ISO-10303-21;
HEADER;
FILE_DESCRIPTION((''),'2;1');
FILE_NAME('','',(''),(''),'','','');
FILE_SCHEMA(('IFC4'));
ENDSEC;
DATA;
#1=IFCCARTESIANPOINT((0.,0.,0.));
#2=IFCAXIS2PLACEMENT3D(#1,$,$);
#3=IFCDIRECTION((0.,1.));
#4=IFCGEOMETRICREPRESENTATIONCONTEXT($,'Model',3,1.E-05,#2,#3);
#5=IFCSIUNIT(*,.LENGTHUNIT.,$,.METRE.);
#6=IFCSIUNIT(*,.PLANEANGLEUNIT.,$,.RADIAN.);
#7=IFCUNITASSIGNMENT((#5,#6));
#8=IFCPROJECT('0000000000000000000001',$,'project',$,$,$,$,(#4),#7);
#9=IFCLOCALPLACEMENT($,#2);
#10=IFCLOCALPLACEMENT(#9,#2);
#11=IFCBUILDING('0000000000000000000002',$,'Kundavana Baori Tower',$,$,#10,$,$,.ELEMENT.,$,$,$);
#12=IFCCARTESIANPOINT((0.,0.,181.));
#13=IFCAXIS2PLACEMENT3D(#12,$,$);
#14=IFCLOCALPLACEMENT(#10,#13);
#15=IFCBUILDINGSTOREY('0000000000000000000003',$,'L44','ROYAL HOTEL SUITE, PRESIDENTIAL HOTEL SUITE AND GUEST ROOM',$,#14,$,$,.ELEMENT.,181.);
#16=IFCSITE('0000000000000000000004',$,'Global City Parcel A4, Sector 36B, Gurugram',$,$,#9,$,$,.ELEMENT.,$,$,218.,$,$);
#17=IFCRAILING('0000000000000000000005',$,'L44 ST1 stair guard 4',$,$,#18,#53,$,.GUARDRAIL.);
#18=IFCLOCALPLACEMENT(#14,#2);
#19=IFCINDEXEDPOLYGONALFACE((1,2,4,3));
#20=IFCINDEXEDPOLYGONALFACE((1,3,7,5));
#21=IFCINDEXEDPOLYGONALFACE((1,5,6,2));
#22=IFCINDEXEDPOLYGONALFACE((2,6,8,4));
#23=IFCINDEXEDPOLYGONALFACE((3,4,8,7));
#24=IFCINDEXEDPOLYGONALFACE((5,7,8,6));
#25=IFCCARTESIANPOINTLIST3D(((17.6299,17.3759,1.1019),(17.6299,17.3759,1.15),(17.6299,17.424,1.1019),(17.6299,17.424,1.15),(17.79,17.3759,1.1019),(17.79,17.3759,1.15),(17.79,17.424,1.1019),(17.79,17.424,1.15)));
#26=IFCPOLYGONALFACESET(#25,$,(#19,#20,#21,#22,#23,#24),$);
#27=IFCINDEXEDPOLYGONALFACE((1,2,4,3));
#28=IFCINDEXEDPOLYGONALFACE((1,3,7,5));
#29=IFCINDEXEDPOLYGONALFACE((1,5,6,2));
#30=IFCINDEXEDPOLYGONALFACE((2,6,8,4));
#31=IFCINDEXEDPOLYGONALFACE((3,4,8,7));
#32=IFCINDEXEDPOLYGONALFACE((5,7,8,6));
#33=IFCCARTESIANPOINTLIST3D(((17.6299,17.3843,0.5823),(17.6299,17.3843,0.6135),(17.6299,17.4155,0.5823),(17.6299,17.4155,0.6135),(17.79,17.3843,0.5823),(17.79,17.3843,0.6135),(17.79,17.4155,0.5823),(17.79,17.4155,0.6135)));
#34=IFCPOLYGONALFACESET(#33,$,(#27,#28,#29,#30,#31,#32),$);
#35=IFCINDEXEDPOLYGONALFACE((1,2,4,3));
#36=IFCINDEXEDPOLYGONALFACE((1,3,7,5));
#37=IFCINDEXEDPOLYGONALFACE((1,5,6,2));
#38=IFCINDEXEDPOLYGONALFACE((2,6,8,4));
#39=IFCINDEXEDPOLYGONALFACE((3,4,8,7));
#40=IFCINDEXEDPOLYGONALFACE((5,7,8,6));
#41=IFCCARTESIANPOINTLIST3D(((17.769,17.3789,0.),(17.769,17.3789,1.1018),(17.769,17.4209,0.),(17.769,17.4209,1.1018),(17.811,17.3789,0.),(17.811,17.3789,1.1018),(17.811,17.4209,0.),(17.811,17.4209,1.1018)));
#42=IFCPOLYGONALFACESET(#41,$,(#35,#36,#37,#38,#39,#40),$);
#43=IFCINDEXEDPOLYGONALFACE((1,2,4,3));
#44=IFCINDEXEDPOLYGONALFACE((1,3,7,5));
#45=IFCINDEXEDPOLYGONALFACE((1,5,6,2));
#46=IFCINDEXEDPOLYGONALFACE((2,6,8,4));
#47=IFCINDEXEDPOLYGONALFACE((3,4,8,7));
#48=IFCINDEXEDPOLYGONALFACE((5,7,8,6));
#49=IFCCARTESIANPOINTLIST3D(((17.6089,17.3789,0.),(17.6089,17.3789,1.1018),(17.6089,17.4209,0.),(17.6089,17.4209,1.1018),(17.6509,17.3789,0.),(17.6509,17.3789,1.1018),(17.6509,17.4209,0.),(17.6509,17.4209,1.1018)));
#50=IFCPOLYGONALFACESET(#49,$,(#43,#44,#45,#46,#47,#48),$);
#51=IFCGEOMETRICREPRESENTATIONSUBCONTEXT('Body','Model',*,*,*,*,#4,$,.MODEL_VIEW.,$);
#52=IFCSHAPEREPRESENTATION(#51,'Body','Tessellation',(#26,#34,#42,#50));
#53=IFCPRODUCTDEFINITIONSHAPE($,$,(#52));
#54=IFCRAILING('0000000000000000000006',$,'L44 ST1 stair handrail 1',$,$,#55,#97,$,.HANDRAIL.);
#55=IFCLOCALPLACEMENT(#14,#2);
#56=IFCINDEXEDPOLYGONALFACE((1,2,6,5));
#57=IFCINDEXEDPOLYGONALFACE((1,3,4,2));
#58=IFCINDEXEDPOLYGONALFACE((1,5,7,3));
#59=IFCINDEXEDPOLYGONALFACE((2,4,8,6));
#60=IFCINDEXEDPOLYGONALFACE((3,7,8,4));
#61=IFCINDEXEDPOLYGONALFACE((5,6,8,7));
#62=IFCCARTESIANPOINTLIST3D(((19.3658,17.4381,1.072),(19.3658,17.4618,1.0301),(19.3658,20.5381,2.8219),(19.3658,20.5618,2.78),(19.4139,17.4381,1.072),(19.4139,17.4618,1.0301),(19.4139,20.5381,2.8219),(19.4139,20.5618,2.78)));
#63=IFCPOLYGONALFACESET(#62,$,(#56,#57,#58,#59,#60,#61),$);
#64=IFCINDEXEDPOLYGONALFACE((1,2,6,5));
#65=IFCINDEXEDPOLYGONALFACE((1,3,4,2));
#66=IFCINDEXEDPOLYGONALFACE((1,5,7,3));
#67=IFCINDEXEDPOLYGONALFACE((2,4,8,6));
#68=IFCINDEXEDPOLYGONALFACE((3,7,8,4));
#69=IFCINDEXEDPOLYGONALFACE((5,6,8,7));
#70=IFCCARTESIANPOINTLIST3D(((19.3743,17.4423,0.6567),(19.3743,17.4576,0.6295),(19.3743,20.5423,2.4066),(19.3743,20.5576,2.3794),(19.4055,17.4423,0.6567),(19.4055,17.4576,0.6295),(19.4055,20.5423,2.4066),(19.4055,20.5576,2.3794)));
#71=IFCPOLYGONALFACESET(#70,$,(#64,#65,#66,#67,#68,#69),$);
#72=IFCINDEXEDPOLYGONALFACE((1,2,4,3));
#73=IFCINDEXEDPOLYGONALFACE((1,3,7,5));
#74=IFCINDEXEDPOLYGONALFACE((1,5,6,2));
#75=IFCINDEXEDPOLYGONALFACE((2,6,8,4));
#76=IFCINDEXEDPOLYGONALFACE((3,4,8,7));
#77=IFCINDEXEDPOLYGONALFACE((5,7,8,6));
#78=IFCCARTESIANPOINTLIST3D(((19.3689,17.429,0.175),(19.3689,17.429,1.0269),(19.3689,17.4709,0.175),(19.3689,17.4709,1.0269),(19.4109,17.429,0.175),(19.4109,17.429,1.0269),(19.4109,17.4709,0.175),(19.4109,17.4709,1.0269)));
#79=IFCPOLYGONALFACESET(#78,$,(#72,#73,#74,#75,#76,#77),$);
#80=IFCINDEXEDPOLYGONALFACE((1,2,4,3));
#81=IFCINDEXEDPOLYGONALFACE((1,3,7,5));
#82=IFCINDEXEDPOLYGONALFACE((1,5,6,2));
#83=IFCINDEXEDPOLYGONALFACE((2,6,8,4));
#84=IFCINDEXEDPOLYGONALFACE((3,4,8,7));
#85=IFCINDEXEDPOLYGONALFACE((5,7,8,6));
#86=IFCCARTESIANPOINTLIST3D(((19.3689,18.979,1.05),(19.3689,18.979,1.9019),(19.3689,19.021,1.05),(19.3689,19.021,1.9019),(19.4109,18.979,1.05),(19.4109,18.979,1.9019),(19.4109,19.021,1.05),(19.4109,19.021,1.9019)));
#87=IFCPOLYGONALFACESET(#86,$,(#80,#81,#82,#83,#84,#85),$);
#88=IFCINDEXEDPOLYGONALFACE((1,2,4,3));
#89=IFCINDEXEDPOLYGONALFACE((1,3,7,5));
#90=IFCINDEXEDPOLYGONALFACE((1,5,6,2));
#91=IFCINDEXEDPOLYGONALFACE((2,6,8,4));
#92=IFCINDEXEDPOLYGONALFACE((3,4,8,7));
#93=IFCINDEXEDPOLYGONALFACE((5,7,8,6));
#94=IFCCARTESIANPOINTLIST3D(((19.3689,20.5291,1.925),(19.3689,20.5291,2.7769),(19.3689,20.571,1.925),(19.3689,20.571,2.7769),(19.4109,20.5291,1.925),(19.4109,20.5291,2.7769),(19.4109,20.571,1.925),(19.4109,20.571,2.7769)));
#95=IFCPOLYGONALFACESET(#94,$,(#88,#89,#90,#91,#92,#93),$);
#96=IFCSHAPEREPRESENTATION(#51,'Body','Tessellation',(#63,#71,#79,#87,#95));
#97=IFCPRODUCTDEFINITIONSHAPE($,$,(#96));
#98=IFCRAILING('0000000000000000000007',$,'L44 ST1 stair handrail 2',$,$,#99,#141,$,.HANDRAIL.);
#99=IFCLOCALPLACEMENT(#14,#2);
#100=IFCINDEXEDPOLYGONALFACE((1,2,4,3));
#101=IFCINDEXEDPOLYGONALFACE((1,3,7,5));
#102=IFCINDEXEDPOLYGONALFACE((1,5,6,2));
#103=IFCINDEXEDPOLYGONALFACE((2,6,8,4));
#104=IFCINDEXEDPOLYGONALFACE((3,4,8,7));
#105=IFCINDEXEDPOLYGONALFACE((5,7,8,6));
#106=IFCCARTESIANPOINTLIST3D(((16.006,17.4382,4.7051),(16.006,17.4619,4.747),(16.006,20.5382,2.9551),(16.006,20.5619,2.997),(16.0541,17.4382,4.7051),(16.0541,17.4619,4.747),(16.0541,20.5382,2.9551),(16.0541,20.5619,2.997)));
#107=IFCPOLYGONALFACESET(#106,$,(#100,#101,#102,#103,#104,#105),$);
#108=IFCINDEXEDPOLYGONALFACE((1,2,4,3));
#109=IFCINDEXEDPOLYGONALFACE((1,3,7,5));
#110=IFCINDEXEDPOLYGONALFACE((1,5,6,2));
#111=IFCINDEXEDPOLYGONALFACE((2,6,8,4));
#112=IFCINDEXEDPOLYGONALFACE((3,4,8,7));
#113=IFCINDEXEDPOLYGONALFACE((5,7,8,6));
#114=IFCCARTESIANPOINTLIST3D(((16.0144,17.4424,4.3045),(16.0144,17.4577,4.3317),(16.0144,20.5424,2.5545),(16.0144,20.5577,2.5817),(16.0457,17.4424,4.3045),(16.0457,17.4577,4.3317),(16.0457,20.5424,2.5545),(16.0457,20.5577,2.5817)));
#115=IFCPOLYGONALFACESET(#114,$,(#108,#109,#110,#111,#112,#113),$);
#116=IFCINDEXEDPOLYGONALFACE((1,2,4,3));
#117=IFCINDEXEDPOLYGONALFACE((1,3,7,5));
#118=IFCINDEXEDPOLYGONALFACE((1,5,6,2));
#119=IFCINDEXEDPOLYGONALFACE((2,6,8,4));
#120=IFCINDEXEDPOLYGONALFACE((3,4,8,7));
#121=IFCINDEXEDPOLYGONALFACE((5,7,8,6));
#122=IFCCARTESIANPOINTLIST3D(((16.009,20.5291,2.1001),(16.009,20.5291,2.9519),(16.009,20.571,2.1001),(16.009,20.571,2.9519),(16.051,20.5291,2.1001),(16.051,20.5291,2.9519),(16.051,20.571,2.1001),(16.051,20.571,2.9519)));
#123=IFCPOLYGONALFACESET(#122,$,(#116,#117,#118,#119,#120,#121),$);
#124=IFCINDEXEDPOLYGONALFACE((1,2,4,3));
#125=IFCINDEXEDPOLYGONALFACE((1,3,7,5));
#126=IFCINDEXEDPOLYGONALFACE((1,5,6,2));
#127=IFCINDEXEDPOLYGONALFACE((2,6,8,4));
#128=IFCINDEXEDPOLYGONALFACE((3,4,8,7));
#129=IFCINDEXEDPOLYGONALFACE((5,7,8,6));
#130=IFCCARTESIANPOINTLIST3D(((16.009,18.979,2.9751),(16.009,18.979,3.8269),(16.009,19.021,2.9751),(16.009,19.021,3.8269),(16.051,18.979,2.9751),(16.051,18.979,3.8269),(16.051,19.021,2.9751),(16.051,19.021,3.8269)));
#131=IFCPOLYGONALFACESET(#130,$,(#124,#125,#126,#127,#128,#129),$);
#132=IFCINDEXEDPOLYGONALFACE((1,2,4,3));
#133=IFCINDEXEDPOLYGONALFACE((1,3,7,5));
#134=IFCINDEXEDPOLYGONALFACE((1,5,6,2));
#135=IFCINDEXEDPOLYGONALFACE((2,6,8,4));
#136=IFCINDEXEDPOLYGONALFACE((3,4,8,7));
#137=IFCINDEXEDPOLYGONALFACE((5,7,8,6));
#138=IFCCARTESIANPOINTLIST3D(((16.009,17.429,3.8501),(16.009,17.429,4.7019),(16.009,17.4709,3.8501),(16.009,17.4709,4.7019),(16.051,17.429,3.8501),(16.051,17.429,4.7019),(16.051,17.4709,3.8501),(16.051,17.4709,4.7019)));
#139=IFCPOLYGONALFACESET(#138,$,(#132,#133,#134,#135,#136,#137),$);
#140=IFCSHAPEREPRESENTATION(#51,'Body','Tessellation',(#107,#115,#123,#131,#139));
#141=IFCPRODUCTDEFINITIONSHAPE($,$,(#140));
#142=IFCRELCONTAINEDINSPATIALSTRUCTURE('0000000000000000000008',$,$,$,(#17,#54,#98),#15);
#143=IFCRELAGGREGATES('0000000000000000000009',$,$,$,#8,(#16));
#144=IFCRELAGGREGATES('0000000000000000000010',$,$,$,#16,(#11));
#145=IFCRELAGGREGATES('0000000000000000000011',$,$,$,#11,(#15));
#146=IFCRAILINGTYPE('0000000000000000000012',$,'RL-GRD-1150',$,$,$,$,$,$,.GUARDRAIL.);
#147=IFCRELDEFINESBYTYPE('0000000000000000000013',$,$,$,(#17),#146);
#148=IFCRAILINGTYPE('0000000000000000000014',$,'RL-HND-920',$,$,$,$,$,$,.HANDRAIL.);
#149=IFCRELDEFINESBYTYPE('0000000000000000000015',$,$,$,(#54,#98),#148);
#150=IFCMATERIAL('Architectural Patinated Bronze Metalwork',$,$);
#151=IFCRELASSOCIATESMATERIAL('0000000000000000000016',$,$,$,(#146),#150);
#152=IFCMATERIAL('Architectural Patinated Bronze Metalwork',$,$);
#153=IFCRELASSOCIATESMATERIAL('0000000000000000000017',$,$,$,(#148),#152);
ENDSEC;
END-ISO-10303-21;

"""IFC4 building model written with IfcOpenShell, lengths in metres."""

from ifc_helpers import new_model, si_unit, direction, frame, origin, origin_2d, place, context, subcontext, project, spatial, rectangle, extrude, material, type_object, element, save


model = new_model("IFC4")

# Units and contexts
model_context = context("Model", 3, precision=1e-05, world=origin(), true_north=direction((0.0, 1.0)))
body_context = subcontext(model_context, "Body", "Model", "MODEL_VIEW")
ifc_project = project(units=[si_unit("LENGTHUNIT", "METRE"), si_unit("PLANEANGLEUNIT", "RADIAN")], contexts=[model_context])

# Site, building, storey
site_placement = place(None, origin())
site = spatial("IfcSite", under=ifc_project, at=site_placement, Name="Global City Parcel A4, Sector 36B, Gurugram", CompositionType="ELEMENT", RefElevation=218.0)
building_placement = place(site_placement, origin())
building = spatial("IfcBuilding", under=site, at=building_placement, Name="Kundavana Baori Tower", CompositionType="ELEMENT")
storey_placement = place(building_placement, frame((0.0, 0.0, 181.0)))
storey = spatial("IfcBuildingStorey", under=building, at=storey_placement, Name="L44", Description="ROYAL HOTEL SUITE, PRESIDENTIAL HOTEL SUITE AND GUEST ROOM", CompositionType="ELEMENT", Elevation=181.0)

# Railings
ifc_material_1 = material(Name="Architectural Patinated Bronze Metalwork")
railing_type_1 = type_object("IfcRailingType", Name="RL-GRD-1150", PredefinedType="GUARDRAIL", material=ifc_material_1)
railing_1_placement = place(storey_placement, frame((17.79, 17.3999, 0.0)))
element("IfcRailing", 1, at=railing_1_placement, inside=storey, type_object=railing_type_1, Name="L44 ST1 stair guard 4", PredefinedType="GUARDRAIL", context=body_context, shape_type="SweptSolid", body=[
    extrude(rectangle(XDim=0.0481, YDim=0.0481, at=origin_2d()), frame((0.0, 0.0, 1.126), z_axis=(-1.0, 0.0, 0.0), x_axis=(0.0, -1.0, 0.0)), (0.0, 0.0, 1.0), 0.1602),
    extrude(rectangle(XDim=0.0312, YDim=0.0312, at=origin_2d()), frame((0.0, 0.0, 0.5979), z_axis=(-1.0, 0.0, 0.0), x_axis=(0.0, -1.0, 0.0)), (0.0, 0.0, 1.0), 0.1602),
    extrude(rectangle(XDim=0.042, YDim=0.042, at=origin_2d()), origin(), (0.0, 0.0, 1.0), 1.1018),
    extrude(rectangle(XDim=0.042, YDim=0.042, at=origin_2d()), frame((-0.1602, 0.0, 0.0)), (0.0, 0.0, 1.0), 1.1018),
])
ifc_material_2 = material(Name="Architectural Patinated Bronze Metalwork")
railing_type_2 = type_object("IfcRailingType", Name="RL-HND-920", PredefinedType="HANDRAIL", material=ifc_material_2)
railing_2_placement = place(storey_placement, frame((19.3899, 17.45, 0.175)))
element("IfcRailing", 2, at=railing_2_placement, inside=storey, type_object=railing_type_2, Name="L44 ST1 stair handrail 1", PredefinedType="HANDRAIL", context=body_context, shape_type="SweptSolid", body=[
    extrude(rectangle(XDim=0.0481, YDim=0.0481, at=origin_2d()), frame((0.0, 0.0, 0.876), z_axis=(0.0, 0.870831, 0.491583), x_axis=(-1.0, 0.0, 0.0)), (0.0, 0.0, 1.0), 3.5598),
    extrude(rectangle(XDim=0.0312, YDim=0.0312, at=origin_2d()), frame((0.0, 0.0, 0.468), z_axis=(0.0, 0.870831, 0.491583), x_axis=(-1.0, 0.0, 0.0)), (0.0, 0.0, 1.0), 3.5598),
    extrude(rectangle(XDim=0.042, YDim=0.042, at=origin_2d()), origin(), (0.0, 0.0, 1.0), 0.8518),
    extrude(rectangle(XDim=0.042, YDim=0.042, at=origin_2d()), frame((0.0, 1.55, 0.875)), (0.0, 0.0, 1.0), 0.8518),
    extrude(rectangle(XDim=0.042, YDim=0.042, at=origin_2d()), frame((0.0, 3.1001, 1.75)), (0.0, 0.0, 1.0), 0.8518),
])
railing_3_placement = place(storey_placement, frame((16.03, 20.55, 2.1001)))
element("IfcRailing", 3, at=railing_3_placement, inside=storey, type_object=railing_type_2, Name="L44 ST1 stair handrail 2", PredefinedType="HANDRAIL", context=body_context, shape_type="SweptSolid", body=[
    extrude(rectangle(XDim=0.0481, YDim=0.0481, at=origin_2d()), frame((0.0, 0.0, 0.876), z_axis=(0.0, -0.870831, 0.491583), x_axis=(1.0, 0.0, 0.0)), (0.0, 0.0, 1.0), 3.5598),
    extrude(rectangle(XDim=0.0312, YDim=0.0312, at=origin_2d()), frame((0.0, 0.0, 0.468), z_axis=(0.0, -0.870831, 0.491583), x_axis=(1.0, 0.0, 0.0)), (0.0, 0.0, 1.0), 3.5598),
    extrude(rectangle(XDim=0.042, YDim=0.042, at=origin_2d()), origin(), (0.0, 0.0, 1.0), 0.8518),
    extrude(rectangle(XDim=0.042, YDim=0.042, at=origin_2d()), frame((0.0, -1.55, 0.875)), (0.0, 0.0, 1.0), 0.8518),
    extrude(rectangle(XDim=0.042, YDim=0.042, at=origin_2d()), frame((0.0, -3.1001, 1.75)), (0.0, 0.0, 1.0), 0.8518),
])

save(model, "model.ifc")
